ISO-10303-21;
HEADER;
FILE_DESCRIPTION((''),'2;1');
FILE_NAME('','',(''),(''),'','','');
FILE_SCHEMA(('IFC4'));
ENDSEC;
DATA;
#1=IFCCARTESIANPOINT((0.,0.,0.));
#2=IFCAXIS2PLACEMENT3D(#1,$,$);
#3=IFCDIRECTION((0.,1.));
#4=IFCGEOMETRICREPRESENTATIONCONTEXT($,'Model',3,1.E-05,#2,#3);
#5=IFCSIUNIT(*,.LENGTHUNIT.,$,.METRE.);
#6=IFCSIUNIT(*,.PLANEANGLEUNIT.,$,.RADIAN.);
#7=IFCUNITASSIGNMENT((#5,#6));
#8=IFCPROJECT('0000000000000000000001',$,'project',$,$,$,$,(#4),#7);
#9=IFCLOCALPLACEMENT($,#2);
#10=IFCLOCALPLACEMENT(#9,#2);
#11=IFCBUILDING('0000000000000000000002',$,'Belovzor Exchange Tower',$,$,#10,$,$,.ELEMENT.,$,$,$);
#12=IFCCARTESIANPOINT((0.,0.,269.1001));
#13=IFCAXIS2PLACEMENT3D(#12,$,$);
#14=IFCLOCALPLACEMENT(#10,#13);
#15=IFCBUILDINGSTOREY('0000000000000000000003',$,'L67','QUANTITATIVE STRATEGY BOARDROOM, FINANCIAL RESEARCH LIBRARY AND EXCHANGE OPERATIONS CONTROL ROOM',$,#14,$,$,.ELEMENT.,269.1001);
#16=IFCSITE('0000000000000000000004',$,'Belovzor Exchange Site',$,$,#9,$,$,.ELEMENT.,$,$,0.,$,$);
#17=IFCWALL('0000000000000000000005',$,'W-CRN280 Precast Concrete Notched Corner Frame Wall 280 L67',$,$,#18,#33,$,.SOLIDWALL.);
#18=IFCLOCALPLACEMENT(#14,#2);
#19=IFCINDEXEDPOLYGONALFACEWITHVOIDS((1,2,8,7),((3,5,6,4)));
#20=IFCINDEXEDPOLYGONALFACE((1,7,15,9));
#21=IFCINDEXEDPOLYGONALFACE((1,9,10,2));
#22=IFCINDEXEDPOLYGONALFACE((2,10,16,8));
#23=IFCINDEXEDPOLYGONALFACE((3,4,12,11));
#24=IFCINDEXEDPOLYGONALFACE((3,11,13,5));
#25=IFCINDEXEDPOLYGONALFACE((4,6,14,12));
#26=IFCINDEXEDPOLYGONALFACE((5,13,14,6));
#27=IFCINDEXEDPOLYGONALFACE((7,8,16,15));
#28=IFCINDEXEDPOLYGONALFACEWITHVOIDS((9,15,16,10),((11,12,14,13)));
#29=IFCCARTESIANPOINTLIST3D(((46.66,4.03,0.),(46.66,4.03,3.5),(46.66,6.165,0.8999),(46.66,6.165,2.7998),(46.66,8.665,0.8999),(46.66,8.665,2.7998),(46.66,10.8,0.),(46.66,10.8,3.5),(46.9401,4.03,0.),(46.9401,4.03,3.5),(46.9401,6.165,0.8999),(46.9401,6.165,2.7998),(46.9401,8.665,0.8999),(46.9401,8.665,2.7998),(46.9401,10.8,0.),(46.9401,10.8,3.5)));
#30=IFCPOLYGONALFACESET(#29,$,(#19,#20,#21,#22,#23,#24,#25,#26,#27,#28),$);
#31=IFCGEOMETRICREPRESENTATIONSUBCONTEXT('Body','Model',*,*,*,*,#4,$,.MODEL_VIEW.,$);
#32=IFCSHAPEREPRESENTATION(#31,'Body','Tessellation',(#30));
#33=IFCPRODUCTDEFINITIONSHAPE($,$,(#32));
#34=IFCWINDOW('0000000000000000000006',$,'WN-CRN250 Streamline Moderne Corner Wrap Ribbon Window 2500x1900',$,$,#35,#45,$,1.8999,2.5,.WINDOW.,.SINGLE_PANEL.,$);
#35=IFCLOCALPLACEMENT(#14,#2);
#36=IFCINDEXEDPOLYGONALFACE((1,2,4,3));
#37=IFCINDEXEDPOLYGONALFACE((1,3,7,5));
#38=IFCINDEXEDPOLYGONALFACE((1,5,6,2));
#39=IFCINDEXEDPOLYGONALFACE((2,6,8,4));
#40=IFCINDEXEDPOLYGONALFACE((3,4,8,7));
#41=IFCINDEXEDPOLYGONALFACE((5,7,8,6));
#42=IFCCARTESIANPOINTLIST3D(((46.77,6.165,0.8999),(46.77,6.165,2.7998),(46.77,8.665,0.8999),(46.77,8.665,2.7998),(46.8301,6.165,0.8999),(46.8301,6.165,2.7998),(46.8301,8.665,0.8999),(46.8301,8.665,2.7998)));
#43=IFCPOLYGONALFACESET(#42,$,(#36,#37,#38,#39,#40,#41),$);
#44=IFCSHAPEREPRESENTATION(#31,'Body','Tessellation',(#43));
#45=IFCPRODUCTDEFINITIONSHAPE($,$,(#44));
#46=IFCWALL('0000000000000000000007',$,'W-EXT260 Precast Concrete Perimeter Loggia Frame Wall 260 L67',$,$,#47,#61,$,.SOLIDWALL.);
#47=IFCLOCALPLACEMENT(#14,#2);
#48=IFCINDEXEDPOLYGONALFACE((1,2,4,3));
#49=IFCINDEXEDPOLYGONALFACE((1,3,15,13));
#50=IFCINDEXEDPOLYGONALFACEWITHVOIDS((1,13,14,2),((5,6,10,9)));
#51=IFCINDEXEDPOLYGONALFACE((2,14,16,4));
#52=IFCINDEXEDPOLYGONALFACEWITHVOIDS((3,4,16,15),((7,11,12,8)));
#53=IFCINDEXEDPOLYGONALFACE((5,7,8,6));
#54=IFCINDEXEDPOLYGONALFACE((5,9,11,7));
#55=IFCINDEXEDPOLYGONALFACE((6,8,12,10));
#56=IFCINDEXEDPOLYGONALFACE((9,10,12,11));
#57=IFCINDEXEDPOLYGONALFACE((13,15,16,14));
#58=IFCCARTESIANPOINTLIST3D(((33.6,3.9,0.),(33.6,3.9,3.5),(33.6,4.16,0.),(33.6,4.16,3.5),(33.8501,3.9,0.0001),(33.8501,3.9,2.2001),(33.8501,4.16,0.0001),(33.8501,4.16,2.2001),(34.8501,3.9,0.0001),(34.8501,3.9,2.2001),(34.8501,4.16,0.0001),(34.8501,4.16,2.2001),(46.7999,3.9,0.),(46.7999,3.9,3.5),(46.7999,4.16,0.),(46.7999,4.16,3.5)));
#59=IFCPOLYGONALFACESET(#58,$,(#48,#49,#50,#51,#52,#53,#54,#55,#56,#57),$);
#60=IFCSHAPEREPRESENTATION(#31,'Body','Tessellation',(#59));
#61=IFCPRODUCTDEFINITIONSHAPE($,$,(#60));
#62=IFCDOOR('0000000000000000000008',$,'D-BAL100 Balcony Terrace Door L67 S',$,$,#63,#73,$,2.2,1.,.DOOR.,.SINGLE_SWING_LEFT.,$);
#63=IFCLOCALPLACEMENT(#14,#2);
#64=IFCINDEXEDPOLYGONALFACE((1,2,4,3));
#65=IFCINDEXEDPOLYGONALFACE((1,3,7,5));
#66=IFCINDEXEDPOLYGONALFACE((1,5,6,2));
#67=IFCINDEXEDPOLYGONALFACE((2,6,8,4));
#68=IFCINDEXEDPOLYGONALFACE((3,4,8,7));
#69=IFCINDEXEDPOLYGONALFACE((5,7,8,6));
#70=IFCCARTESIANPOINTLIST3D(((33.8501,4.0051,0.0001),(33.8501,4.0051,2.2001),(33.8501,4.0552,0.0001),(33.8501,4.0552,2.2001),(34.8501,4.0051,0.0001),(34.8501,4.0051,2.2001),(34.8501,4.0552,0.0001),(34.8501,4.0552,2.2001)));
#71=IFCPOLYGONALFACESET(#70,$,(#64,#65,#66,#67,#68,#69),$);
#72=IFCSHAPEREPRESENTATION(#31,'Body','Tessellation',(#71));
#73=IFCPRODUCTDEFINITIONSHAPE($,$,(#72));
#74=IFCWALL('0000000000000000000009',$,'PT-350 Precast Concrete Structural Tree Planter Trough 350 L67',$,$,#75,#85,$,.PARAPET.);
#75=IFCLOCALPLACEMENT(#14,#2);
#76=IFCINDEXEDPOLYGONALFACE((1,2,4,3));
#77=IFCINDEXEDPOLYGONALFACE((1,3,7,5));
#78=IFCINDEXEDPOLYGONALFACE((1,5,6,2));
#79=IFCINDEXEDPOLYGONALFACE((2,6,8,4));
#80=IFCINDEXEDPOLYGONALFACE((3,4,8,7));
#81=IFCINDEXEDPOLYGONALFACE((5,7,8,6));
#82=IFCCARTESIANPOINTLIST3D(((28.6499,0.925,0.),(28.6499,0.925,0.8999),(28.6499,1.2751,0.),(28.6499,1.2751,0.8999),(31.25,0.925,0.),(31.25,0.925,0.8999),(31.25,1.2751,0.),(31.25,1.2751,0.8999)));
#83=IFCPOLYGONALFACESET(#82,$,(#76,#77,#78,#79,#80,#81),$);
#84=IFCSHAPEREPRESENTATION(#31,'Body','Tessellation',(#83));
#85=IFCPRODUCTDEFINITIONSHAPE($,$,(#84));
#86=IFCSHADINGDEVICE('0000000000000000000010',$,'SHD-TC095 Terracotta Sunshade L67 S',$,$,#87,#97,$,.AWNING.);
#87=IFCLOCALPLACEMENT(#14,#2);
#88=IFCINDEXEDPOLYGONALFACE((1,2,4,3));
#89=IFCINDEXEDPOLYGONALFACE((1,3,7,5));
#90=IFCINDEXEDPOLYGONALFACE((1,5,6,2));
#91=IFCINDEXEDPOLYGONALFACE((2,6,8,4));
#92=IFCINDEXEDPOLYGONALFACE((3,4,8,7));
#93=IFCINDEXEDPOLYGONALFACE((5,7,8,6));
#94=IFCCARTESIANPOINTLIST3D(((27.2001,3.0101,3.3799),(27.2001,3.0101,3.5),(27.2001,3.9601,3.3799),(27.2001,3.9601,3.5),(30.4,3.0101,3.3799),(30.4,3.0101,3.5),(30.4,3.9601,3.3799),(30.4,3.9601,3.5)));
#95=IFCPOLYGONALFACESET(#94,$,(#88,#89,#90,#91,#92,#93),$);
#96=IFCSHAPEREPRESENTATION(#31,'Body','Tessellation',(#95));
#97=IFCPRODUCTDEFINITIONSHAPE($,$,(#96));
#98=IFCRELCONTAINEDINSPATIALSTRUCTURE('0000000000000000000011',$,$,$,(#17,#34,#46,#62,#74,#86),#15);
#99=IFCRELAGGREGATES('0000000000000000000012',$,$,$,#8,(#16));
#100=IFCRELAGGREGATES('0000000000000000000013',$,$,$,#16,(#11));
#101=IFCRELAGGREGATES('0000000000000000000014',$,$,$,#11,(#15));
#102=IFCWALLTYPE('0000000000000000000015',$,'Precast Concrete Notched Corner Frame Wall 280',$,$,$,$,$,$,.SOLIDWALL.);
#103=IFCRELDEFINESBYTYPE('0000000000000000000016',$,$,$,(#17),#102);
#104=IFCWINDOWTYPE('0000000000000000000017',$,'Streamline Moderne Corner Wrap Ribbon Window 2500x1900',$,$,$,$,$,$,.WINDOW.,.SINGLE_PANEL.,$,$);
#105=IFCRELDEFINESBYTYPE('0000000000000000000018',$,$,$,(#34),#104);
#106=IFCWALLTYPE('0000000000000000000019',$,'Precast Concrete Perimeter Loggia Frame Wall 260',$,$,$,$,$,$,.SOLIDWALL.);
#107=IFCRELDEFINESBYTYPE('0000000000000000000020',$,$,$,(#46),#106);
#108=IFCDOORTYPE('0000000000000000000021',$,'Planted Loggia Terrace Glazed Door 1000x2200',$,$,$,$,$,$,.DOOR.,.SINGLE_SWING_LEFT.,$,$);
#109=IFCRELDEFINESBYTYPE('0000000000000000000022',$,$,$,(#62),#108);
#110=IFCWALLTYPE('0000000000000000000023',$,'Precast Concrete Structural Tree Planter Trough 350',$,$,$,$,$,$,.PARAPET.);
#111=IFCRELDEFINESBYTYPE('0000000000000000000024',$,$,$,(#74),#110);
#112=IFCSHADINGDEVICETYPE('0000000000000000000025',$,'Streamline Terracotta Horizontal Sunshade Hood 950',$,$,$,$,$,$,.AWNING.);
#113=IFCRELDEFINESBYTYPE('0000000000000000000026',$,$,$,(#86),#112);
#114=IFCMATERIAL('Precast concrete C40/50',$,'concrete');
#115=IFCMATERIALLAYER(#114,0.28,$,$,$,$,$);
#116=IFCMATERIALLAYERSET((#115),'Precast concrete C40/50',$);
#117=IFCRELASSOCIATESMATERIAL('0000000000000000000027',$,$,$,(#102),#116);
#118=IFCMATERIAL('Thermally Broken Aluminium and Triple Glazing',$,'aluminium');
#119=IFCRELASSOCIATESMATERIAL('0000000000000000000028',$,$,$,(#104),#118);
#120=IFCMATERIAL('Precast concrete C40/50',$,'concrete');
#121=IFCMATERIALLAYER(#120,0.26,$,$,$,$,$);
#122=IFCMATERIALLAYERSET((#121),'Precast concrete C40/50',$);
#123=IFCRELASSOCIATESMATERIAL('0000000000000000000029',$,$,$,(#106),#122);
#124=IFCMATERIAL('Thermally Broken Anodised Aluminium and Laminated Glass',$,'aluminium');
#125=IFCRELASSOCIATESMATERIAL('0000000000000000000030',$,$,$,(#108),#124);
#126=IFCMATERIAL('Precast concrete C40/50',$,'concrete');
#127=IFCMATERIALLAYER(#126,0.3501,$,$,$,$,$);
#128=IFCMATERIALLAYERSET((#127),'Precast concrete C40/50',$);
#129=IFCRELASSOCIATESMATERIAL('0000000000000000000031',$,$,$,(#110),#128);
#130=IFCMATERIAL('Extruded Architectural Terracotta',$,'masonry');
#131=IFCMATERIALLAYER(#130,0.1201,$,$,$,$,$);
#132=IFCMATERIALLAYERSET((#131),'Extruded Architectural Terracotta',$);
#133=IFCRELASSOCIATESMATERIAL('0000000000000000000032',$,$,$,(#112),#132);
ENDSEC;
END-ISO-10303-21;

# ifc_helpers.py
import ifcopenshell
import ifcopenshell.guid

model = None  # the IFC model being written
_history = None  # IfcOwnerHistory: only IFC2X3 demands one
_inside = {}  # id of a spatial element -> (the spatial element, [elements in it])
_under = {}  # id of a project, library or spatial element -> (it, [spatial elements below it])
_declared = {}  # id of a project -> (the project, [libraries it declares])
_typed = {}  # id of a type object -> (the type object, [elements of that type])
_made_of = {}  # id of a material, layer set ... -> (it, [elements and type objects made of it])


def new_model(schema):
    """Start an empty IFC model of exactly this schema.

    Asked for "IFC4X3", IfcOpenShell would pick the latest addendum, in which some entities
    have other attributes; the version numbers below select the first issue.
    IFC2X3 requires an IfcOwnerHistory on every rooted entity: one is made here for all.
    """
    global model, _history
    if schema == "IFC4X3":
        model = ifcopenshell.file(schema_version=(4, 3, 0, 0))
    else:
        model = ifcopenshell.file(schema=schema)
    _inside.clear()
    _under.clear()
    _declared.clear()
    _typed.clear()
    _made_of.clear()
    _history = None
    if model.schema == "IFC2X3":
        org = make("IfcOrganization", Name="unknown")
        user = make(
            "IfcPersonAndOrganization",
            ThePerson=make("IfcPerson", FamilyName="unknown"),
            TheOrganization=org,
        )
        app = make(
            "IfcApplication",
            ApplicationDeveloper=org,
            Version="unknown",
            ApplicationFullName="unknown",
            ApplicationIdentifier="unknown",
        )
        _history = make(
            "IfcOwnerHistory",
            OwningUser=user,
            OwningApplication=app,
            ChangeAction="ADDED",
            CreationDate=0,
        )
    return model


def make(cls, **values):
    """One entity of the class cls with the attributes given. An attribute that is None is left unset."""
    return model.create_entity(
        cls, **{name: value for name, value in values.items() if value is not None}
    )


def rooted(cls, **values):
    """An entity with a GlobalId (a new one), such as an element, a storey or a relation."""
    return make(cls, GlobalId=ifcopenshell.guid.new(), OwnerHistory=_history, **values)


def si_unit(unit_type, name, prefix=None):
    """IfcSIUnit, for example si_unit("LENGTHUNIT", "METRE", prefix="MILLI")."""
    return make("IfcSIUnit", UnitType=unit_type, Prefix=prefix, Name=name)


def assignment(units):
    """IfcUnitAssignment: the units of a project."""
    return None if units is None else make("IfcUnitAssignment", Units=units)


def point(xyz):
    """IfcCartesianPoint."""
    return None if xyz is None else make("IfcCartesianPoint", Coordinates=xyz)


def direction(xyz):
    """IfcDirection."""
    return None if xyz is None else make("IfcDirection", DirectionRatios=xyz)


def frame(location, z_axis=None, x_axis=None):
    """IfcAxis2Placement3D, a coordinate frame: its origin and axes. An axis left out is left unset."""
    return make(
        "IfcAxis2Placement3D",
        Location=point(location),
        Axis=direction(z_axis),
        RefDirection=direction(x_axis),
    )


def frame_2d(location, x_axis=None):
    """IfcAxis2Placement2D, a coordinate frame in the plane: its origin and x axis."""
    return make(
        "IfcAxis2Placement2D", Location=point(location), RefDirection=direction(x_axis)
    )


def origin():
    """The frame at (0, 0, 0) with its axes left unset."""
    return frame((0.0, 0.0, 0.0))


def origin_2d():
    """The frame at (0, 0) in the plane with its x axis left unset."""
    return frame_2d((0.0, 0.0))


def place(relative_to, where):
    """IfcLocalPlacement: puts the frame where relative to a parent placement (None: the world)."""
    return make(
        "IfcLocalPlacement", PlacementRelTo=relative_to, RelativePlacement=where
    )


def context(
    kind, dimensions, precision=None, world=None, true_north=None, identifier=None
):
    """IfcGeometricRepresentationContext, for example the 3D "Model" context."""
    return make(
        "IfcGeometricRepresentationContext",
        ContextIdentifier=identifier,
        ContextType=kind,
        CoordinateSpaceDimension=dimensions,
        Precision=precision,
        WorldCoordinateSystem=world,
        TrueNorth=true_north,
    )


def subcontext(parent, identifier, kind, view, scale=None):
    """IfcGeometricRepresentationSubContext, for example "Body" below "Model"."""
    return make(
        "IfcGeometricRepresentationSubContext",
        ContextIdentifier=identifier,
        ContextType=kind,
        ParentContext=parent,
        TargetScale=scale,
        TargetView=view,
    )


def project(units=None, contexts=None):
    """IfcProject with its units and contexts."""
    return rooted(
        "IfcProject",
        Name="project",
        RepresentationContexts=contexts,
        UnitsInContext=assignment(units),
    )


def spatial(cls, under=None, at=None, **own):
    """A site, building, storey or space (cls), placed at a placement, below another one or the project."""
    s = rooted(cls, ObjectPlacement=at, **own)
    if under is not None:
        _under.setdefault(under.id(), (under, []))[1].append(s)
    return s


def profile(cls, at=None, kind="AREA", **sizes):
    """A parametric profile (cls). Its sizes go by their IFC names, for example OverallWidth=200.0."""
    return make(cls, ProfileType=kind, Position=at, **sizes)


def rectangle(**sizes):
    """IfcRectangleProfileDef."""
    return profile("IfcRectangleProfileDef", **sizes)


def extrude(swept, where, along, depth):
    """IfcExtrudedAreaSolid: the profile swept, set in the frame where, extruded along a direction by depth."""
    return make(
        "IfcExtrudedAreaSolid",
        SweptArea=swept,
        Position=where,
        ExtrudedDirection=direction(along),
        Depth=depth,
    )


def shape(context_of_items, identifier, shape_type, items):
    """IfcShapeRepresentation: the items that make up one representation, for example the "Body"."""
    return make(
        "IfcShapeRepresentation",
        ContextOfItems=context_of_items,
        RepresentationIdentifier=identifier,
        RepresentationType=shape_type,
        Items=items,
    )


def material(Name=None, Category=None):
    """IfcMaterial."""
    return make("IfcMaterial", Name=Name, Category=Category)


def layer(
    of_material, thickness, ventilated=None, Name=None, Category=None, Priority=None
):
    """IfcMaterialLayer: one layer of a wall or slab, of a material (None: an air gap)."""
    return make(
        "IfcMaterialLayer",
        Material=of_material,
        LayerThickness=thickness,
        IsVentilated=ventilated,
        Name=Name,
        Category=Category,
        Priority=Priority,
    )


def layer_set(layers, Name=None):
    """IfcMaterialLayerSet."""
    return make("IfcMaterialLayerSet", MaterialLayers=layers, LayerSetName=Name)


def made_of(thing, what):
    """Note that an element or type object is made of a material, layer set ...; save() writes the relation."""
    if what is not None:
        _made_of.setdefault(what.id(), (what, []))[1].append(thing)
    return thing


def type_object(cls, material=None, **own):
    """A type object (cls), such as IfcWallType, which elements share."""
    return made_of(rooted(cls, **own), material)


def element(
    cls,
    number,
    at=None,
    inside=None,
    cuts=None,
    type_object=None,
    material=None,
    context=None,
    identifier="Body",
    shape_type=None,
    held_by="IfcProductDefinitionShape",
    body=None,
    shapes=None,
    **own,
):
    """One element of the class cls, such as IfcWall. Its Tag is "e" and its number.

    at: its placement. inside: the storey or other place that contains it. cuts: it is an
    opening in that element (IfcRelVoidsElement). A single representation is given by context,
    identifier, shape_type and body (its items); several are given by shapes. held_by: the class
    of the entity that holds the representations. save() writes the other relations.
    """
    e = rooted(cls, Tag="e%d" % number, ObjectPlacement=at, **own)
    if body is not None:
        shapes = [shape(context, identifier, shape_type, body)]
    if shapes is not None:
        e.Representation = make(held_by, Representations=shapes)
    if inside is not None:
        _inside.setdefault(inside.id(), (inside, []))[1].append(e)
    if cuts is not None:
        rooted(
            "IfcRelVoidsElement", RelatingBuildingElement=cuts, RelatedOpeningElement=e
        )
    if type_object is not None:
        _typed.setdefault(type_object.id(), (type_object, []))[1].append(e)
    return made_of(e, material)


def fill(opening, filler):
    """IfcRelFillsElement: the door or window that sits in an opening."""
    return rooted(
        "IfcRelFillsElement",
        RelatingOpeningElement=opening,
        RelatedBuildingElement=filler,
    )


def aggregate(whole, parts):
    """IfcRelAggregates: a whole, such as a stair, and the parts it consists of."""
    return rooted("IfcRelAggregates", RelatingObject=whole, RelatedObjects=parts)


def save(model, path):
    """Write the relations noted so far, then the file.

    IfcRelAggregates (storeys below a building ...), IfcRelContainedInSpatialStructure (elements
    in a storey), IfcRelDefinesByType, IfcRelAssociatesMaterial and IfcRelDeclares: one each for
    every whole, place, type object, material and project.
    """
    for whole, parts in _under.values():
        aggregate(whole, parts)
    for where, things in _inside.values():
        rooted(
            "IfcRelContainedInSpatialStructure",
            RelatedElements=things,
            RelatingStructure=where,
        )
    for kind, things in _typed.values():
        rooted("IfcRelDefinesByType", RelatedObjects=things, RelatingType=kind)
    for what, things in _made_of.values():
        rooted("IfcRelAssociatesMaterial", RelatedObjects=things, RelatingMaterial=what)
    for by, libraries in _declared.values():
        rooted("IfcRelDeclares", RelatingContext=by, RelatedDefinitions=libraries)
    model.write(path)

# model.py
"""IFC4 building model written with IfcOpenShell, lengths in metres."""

from ifc_helpers import new_model, si_unit, direction, frame, frame_2d, origin, origin_2d, place, context, subcontext, project, spatial, rectangle, extrude, material, layer, layer_set, type_object, element, fill, save


model = new_model("IFC4")

# Units and contexts
model_context = context("Model", 3, precision=1e-05, world=origin(), true_north=direction((0.0, 1.0)))
body_context = subcontext(model_context, "Body", "Model", "MODEL_VIEW")
ifc_project = project(units=[si_unit("LENGTHUNIT", "METRE"), si_unit("PLANEANGLEUNIT", "RADIAN")], contexts=[model_context])

# Site, building, storey
site_placement = place(None, origin())
site = spatial("IfcSite", under=ifc_project, at=site_placement, Name="Belovzor Exchange Site", CompositionType="ELEMENT", RefElevation=0.0)
building_placement = place(site_placement, origin())
building = spatial("IfcBuilding", under=site, at=building_placement, Name="Belovzor Exchange Tower", CompositionType="ELEMENT")
storey_placement = place(building_placement, frame((0.0, 0.0, 269.1001)))
storey = spatial("IfcBuildingStorey", under=building, at=storey_placement, Name="L67", Description="QUANTITATIVE STRATEGY BOARDROOM, FINANCIAL RESEARCH LIBRARY AND EXCHANGE OPERATIONS CONTROL ROOM", CompositionType="ELEMENT", Elevation=269.1001)

# Wall, opening, window
ifc_material_1 = material(Name="Precast concrete C40/50", Category="concrete")
ifc_layer_1 = layer(ifc_material_1, 0.28)
ifc_layer_set_1 = layer_set([ifc_layer_1], Name="Precast concrete C40/50")
wall_type_1 = type_object("IfcWallType", Name="Precast Concrete Notched Corner Frame Wall 280", PredefinedType="SOLIDWALL", material=ifc_layer_set_1)
ifc_material_2 = material(Name="Thermally Broken Aluminium and Triple Glazing", Category="aluminium")
window_type = type_object("IfcWindowType", Name="Streamline Moderne Corner Wrap Ribbon Window 2500x1900", PartitioningType="SINGLE_PANEL", PredefinedType="WINDOW", material=ifc_material_2)
wall_1_placement = place(storey_placement, frame((46.8, 10.8, 0.0), z_axis=(0.0, 0.0, 1.0), x_axis=(0.0, -1.0, 0.0)))
wall_1 = element("IfcWall", 1, at=wall_1_placement, inside=storey, type_object=wall_type_1, Name="W-CRN280 Precast Concrete Notched Corner Frame Wall 280 L67", PredefinedType="SOLIDWALL", context=body_context, shape_type="SweptSolid", body=[
    extrude(rectangle(XDim=6.77, YDim=0.28, at=frame_2d((3.385, 0.0))), origin(), (0.0, 0.0, 1.0), 3.5),
])
opening_1_placement = place(wall_1_placement, frame((2.135, 0.0, 0.8999)))
opening_1 = element("IfcOpeningElement", 2, at=opening_1_placement, cuts=wall_1, PredefinedType="OPENING", context=body_context, shape_type="SweptSolid", body=[
    extrude(rectangle(XDim=2.5, YDim=1.8999, at=frame_2d((1.25, 0.95))), frame((0.0, 0.1499, 0.0), z_axis=(0.0, -1.0, 0.0), x_axis=(1.0, 0.0, 0.0)), (0.0, 0.0, 1.0), 0.3),
])
window_1_placement = place(opening_1_placement, origin())
window_1 = element("IfcWindow", 3, at=window_1_placement, inside=storey, type_object=window_type, Name="WN-CRN250 Streamline Moderne Corner Wrap Ribbon Window 2500x1900", OverallHeight=1.8999, OverallWidth=2.5, PartitioningType="SINGLE_PANEL", PredefinedType="WINDOW", context=body_context, shape_type="SweptSolid", body=[
    extrude(rectangle(XDim=2.5, YDim=1.8999, at=frame_2d((1.25, 0.95))), frame((0.0, 0.03, 0.0), z_axis=(0.0, -1.0, 0.0), x_axis=(1.0, 0.0, 0.0)), (0.0, 0.0, 1.0), 0.0601),
])
fill(opening_1, window_1)

# Wall, opening, door
ifc_material_3 = material(Name="Precast concrete C40/50", Category="concrete")
ifc_layer_2 = layer(ifc_material_3, 0.26)
ifc_layer_set_2 = layer_set([ifc_layer_2], Name="Precast concrete C40/50")
wall_type_2 = type_object("IfcWallType", Name="Precast Concrete Perimeter Loggia Frame Wall 260", PredefinedType="SOLIDWALL", material=ifc_layer_set_2)
wall_2_placement = place(storey_placement, frame((46.8, 4.03, 0.0), z_axis=(0.0, 0.0, 1.0), x_axis=(-1.0, 0.0, 0.0)))
wall_2 = element("IfcWall", 4, at=wall_2_placement, inside=storey, type_object=wall_type_2, Name="W-EXT260 Precast Concrete Perimeter Loggia Frame Wall 260 L67", PredefinedType="SOLIDWALL", context=body_context, shape_type="SweptSolid", body=[
    extrude(rectangle(XDim=13.2, YDim=0.26, at=frame_2d((6.6001, 0.0))), origin(), (0.0, 0.0, 1.0), 3.5),
])
opening_2_placement = place(wall_2_placement, frame((11.95, 0.0, 0.0)))
opening_2 = element("IfcOpeningElement", 5, at=opening_2_placement, cuts=wall_2, PredefinedType="OPENING", context=body_context, shape_type="SweptSolid", body=[
    extrude(rectangle(XDim=1.0, YDim=2.2, at=frame_2d((0.5, 1.1001))), frame((0.0, 0.1399, 0.0), z_axis=(0.0, -1.0, 0.0), x_axis=(1.0, 0.0, 0.0)), (0.0, 0.0, 1.0), 0.28),
])
ifc_material_4 = material(Name="Thermally Broken Anodised Aluminium and Laminated Glass", Category="aluminium")
door_type = type_object("IfcDoorType", Name="Planted Loggia Terrace Glazed Door 1000x2200", OperationType="SINGLE_SWING_LEFT", PredefinedType="DOOR", material=ifc_material_4)
door_placement = place(opening_2_placement, origin())
door = element("IfcDoor", 6, at=door_placement, inside=storey, type_object=door_type, Name="D-BAL100 Balcony Terrace Door L67 S", OperationType="SINGLE_SWING_LEFT", OverallHeight=2.2, OverallWidth=1.0, PredefinedType="DOOR", context=body_context, shape_type="SweptSolid", body=[
    extrude(rectangle(XDim=1.0, YDim=2.2, at=frame_2d((0.5, 1.1001))), frame((0.0, 0.0249, 0.0), z_axis=(0.0, -1.0, 0.0), x_axis=(1.0, 0.0, 0.0)), (0.0, 0.0, 1.0), 0.05),
])
fill(opening_2, door)

# Wall
ifc_material_5 = material(Name="Precast concrete C40/50", Category="concrete")
ifc_layer_3 = layer(ifc_material_5, 0.3501)
ifc_layer_set_3 = layer_set([ifc_layer_3], Name="Precast concrete C40/50")
wall_type_3 = type_object("IfcWallType", Name="Precast Concrete Structural Tree Planter Trough 350", PredefinedType="PARAPET", material=ifc_layer_set_3)
wall_3_placement = place(storey_placement, frame((28.6499, 1.1001, 0.0), z_axis=(0.0, 0.0, 1.0), x_axis=(1.0, 0.0, 0.0)))
element("IfcWall", 7, at=wall_3_placement, inside=storey, type_object=wall_type_3, Name="PT-350 Precast Concrete Structural Tree Planter Trough 350 L67", PredefinedType="PARAPET", context=body_context, shape_type="SweptSolid", body=[
    extrude(rectangle(XDim=2.6001, YDim=0.3501, at=frame_2d((1.3, 0.0))), origin(), (0.0, 0.0, 1.0), 0.8999),
])

# Shading device
ifc_material_6 = material(Name="Extruded Architectural Terracotta", Category="masonry")
ifc_layer_4 = layer(ifc_material_6, 0.1201)
ifc_layer_set_4 = layer_set([ifc_layer_4], Name="Extruded Architectural Terracotta")
shading_device_type = type_object("IfcShadingDeviceType", Name="Streamline Terracotta Horizontal Sunshade Hood 950", PredefinedType="AWNING", material=ifc_layer_set_4)
shading_device_placement = place(storey_placement, frame((28.8, 3.4851, 3.3799), z_axis=(0.0, 0.0, 1.0), x_axis=(1.0, 0.0, 0.0)))
element("IfcShadingDevice", 8, at=shading_device_placement, inside=storey, type_object=shading_device_type, Name="SHD-TC095 Terracotta Sunshade L67 S", PredefinedType="AWNING", context=body_context, shape_type="SweptSolid", body=[
    extrude(rectangle(XDim=3.2, YDim=0.95, at=origin_2d()), origin(), (0.0, 0.0, 1.0), 0.1201),
])

save(model, "model.ifc")
